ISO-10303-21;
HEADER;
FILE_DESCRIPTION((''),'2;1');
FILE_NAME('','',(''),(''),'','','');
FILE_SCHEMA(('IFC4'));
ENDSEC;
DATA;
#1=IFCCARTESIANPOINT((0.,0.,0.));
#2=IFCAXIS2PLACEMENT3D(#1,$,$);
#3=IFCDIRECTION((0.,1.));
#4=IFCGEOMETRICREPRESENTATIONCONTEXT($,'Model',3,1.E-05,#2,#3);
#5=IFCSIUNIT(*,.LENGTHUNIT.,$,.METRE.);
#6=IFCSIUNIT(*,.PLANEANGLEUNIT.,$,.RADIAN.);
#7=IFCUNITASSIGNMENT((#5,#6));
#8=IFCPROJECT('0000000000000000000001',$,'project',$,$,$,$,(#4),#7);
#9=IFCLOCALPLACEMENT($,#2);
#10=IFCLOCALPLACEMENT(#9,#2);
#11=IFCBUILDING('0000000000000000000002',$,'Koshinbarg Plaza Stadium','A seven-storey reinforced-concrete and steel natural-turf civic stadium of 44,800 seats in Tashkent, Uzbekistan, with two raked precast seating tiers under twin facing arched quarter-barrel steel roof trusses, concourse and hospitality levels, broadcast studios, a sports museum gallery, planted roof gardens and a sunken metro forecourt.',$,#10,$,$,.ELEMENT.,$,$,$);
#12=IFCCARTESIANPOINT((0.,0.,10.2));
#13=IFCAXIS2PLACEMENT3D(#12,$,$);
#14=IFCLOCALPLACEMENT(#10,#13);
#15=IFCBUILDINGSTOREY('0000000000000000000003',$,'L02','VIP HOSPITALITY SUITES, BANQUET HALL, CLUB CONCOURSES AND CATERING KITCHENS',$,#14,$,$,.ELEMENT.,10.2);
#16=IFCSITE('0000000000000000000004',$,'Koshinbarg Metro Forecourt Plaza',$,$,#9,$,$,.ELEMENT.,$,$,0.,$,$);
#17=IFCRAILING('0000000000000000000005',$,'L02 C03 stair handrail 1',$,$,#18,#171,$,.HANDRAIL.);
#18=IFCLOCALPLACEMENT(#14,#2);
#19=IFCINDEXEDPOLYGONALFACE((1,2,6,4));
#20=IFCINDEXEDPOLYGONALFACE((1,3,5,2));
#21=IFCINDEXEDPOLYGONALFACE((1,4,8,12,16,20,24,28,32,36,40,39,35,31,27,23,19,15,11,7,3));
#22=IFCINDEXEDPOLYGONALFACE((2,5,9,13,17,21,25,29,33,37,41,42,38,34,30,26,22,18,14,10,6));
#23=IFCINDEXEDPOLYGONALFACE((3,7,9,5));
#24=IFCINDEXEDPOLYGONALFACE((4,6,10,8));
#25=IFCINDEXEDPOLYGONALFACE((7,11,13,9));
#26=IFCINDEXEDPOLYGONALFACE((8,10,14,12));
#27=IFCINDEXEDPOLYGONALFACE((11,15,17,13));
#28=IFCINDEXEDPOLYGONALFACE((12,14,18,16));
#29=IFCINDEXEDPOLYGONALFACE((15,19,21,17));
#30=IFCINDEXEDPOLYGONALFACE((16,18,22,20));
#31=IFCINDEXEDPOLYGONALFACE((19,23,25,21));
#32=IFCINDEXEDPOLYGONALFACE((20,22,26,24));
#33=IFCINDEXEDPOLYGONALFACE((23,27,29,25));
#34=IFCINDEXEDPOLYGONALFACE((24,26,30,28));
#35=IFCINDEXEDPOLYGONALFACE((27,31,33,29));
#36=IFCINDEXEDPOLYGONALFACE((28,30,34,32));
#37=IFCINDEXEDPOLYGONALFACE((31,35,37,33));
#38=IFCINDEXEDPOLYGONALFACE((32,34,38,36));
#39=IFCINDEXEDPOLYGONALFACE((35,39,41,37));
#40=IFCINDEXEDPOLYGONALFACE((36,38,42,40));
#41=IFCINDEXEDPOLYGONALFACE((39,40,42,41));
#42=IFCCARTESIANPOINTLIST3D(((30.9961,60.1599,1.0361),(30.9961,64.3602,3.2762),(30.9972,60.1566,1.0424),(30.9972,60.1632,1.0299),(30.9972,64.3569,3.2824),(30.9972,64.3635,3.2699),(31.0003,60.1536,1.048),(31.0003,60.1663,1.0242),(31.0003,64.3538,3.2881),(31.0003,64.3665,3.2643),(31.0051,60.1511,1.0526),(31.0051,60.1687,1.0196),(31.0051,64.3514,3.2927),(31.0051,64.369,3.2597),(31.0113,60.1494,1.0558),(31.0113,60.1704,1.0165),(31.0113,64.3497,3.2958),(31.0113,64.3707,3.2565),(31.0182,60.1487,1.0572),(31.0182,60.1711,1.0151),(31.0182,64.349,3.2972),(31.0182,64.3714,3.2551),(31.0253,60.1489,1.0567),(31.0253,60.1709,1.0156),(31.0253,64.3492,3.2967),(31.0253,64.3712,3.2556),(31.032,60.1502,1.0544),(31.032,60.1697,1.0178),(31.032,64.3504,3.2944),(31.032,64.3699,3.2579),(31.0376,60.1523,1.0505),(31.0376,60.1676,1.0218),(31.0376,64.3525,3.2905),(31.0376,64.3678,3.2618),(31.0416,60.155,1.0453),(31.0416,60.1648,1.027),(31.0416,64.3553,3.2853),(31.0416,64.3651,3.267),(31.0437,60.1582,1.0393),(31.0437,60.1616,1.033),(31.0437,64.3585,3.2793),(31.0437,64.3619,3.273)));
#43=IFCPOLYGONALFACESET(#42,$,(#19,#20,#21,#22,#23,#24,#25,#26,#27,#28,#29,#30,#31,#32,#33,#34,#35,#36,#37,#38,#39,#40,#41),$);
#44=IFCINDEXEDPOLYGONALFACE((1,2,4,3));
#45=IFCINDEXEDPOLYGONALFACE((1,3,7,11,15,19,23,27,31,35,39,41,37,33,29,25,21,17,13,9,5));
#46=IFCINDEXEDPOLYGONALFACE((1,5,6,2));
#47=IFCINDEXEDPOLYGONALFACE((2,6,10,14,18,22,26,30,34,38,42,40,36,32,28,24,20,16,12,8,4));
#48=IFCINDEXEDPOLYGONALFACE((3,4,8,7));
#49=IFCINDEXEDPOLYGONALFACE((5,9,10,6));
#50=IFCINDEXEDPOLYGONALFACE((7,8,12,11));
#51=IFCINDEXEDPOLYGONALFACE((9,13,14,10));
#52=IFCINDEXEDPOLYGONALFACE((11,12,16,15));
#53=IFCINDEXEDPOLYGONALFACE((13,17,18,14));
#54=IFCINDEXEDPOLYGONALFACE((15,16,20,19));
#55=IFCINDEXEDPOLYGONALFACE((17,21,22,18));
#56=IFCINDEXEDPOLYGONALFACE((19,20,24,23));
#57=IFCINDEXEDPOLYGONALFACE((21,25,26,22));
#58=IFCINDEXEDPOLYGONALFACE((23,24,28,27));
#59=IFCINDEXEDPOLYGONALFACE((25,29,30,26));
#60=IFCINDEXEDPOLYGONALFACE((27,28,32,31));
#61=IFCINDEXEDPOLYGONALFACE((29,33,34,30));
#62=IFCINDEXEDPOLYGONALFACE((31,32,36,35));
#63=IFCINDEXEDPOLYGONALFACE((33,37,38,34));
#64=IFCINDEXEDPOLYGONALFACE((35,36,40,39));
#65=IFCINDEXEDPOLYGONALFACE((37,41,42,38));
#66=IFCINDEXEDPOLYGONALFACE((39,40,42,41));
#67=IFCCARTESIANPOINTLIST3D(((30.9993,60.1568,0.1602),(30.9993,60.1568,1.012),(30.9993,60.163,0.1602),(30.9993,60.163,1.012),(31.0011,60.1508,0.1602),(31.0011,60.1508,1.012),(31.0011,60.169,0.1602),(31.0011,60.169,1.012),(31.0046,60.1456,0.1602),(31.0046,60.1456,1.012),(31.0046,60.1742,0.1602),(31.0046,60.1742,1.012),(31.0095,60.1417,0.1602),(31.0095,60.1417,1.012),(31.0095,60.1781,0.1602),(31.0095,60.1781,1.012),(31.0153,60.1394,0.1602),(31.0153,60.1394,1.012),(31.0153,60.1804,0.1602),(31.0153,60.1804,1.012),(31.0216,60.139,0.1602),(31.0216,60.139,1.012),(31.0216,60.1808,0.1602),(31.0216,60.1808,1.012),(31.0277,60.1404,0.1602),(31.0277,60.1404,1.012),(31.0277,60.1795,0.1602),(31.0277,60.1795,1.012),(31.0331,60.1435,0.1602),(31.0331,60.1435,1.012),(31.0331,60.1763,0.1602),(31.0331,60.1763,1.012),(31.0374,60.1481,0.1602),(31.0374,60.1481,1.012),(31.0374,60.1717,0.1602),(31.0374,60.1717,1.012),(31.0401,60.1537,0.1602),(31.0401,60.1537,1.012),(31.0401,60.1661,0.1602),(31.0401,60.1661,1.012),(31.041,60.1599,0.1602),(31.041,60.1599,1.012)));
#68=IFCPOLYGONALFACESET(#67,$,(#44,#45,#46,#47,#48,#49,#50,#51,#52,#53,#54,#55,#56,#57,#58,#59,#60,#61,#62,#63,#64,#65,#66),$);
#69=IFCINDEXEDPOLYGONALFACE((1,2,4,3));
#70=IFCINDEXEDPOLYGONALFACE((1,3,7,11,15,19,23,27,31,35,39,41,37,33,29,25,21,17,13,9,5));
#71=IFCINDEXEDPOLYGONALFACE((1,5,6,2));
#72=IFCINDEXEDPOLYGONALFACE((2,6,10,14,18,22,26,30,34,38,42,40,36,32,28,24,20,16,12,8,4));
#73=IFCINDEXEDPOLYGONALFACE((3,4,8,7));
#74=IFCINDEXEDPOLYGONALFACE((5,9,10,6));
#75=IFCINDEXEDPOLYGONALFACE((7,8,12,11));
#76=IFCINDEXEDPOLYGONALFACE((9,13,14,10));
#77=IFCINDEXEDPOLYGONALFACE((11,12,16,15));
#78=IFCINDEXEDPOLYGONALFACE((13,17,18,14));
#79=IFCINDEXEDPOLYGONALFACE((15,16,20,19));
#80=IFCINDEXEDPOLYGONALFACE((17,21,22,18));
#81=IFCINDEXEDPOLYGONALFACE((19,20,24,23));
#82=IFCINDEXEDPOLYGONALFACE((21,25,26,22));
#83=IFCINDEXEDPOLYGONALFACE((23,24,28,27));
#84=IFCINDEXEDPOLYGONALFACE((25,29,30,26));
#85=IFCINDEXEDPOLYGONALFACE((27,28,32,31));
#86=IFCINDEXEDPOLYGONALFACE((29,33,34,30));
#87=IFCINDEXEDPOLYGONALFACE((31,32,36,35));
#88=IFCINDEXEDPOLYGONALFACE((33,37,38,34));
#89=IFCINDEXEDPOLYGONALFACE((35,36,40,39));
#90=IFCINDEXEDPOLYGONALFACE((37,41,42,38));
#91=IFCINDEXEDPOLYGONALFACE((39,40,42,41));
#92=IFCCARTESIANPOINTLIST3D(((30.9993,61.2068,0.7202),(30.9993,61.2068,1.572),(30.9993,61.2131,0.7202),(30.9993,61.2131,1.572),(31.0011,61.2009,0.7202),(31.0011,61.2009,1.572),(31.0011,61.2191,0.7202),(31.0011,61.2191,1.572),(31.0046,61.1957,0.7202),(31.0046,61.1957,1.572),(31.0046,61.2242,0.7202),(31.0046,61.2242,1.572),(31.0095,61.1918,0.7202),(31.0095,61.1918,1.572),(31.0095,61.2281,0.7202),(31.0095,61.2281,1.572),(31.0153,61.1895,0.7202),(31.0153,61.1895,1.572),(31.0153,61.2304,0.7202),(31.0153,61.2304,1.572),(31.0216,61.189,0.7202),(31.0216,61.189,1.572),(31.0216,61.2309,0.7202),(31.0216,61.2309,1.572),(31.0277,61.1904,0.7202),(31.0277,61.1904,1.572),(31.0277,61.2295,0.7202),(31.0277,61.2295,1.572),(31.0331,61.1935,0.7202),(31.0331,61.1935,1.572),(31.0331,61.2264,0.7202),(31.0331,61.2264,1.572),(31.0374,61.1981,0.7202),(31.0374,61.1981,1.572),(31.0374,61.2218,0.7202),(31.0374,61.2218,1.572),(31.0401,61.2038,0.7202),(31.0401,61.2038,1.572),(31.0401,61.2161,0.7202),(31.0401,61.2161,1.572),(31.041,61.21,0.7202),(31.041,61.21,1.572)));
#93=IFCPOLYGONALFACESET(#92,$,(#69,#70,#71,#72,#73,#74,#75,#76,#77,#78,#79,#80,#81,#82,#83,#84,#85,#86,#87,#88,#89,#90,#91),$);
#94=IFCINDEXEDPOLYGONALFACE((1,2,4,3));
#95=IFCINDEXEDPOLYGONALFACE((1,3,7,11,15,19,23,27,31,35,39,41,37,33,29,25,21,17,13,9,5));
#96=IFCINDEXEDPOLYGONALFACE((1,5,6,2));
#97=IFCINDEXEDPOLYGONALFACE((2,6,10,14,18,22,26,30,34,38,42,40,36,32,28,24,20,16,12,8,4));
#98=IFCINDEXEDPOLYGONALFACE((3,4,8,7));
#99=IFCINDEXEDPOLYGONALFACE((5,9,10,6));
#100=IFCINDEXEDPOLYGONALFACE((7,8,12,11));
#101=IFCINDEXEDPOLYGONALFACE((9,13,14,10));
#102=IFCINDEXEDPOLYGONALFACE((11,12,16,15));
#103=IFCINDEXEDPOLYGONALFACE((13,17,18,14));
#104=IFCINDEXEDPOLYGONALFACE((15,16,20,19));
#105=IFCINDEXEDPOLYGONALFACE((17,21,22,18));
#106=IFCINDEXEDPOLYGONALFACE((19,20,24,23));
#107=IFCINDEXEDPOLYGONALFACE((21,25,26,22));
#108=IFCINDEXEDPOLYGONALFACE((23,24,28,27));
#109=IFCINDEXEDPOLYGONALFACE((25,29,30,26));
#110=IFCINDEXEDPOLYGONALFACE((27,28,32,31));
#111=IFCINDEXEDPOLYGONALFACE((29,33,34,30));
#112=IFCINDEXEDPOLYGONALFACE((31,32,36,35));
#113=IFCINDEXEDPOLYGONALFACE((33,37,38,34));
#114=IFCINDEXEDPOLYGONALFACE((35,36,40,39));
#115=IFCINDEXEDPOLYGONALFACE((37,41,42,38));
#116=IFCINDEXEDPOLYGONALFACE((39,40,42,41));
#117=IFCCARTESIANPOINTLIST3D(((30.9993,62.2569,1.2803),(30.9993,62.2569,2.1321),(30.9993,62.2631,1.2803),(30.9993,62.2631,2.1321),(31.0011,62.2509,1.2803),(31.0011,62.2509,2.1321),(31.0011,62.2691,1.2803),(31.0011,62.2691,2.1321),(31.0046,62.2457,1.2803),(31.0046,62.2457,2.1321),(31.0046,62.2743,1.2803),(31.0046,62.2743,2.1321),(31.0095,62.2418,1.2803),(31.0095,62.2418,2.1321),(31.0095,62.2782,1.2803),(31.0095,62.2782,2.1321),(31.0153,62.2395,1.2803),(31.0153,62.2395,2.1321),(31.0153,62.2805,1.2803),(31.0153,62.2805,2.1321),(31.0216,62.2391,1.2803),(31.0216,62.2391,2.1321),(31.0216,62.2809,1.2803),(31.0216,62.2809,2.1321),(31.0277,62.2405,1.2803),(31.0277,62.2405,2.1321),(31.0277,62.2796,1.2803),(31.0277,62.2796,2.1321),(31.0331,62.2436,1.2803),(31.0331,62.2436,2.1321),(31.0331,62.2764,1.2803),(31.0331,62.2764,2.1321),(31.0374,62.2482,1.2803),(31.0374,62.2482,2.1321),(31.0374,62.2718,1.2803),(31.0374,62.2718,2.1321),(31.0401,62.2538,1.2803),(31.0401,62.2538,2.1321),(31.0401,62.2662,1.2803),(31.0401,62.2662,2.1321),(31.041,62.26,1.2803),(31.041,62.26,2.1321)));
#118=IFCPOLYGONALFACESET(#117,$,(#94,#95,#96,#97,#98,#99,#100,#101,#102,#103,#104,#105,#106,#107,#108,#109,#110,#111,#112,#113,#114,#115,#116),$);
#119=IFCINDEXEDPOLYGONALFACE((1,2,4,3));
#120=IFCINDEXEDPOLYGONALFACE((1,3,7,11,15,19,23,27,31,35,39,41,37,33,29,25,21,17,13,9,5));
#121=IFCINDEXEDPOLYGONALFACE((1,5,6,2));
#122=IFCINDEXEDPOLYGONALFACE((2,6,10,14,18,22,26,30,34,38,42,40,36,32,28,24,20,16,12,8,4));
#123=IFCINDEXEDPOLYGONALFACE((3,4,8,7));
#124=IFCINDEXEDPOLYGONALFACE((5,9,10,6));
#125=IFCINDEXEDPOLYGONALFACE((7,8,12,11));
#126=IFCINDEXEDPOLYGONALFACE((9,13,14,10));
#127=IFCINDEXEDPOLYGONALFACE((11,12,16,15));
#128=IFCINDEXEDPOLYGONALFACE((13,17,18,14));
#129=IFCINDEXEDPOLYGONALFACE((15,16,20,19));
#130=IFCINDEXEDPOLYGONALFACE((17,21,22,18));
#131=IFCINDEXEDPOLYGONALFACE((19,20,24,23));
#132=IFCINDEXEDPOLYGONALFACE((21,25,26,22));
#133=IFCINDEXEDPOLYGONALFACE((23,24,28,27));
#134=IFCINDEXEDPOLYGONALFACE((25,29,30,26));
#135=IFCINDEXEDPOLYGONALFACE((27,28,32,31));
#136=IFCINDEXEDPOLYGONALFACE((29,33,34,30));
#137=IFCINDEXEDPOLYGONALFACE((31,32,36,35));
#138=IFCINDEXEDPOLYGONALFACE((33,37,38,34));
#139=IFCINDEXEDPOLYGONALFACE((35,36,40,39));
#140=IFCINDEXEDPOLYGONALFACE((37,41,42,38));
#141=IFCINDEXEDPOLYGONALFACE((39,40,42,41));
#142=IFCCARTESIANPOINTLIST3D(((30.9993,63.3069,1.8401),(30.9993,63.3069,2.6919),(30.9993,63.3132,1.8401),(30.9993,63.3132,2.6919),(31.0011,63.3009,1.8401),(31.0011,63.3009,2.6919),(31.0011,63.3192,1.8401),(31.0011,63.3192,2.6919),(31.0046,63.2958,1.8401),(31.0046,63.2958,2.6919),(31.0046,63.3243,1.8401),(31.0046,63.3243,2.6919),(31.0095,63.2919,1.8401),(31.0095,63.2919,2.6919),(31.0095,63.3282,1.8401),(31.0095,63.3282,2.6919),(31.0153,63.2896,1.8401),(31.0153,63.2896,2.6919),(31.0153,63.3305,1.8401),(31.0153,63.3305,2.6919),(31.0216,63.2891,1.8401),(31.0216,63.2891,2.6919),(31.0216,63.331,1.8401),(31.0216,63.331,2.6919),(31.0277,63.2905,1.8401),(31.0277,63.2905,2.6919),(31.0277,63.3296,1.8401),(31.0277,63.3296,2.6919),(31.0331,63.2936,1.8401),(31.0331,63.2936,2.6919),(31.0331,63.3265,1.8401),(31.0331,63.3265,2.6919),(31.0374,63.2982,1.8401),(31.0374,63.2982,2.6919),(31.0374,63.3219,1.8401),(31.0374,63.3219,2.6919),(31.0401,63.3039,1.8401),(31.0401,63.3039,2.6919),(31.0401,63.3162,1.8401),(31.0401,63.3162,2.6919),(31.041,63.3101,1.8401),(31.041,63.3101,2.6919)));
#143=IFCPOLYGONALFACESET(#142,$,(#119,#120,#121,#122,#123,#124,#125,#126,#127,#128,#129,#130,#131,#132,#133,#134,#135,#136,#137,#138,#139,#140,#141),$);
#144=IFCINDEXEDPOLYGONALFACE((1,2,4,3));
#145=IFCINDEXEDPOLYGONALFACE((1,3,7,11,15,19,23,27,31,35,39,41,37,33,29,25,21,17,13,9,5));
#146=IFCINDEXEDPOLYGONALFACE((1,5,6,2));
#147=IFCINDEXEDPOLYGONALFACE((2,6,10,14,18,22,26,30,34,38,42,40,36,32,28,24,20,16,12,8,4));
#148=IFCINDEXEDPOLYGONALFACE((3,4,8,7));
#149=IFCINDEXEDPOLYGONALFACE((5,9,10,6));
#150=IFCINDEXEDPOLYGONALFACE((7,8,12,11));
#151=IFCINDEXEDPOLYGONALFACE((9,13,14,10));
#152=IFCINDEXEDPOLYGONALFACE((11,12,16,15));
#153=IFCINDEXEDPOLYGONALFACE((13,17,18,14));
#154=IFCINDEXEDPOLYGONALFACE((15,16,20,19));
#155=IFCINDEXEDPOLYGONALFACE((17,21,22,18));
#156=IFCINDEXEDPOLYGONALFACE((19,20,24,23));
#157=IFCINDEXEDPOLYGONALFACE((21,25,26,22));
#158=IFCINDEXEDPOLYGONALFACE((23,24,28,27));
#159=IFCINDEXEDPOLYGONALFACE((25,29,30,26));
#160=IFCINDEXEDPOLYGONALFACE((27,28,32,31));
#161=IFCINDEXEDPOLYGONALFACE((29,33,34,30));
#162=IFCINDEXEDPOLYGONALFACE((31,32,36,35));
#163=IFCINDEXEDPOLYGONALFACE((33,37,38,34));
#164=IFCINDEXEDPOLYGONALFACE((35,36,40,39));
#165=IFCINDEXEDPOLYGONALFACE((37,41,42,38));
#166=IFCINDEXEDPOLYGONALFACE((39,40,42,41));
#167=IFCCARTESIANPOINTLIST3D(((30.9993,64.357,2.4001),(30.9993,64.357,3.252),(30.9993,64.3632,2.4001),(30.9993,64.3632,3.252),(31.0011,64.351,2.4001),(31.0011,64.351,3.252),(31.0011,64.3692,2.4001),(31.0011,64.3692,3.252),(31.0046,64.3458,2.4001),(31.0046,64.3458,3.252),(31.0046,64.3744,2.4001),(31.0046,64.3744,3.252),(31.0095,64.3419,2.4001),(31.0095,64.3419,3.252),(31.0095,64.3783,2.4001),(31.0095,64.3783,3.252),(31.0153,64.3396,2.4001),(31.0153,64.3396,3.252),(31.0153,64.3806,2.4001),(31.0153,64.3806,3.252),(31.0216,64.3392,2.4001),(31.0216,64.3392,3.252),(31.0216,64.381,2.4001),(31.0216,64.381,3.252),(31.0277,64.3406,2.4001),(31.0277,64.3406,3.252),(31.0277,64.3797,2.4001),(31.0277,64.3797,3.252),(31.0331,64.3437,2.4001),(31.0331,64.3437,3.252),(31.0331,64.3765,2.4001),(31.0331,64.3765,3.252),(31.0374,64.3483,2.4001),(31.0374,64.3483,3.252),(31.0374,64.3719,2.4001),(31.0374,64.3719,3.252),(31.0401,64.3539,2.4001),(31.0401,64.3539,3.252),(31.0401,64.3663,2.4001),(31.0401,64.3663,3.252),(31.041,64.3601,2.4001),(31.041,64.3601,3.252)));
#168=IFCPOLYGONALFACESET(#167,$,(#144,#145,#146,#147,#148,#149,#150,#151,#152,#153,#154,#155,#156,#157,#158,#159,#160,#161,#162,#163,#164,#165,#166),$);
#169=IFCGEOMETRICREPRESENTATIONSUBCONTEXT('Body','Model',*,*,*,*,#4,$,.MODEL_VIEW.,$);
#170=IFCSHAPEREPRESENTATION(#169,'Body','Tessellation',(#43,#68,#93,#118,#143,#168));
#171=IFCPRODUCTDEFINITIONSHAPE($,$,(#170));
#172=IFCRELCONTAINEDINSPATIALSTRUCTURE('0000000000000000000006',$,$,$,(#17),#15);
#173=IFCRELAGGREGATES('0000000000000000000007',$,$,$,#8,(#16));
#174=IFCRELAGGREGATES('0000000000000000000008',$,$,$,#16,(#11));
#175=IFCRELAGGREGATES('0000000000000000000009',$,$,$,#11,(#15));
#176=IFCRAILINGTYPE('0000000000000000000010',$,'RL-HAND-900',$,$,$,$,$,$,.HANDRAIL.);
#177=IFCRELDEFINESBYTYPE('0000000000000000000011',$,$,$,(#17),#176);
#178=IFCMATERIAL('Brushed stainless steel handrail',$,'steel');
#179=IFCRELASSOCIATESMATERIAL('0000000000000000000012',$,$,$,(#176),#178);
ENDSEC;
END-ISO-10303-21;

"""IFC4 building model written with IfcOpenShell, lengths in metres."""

from ifc_helpers import new_model, si_unit, direction, frame, origin, origin_2d, place, context, subcontext, project, spatial, circle, extrude, material, type_object, element, save


model = new_model("IFC4")

# Units and contexts
model_context = context("Model", 3, precision=1e-05, world=origin(), true_north=direction((0.0, 1.0)))
body_context = subcontext(model_context, "Body", "Model", "MODEL_VIEW")
ifc_project = project(units=[si_unit("LENGTHUNIT", "METRE"), si_unit("PLANEANGLEUNIT", "RADIAN")], contexts=[model_context])

# Site, building, storey
site_placement = place(None, origin())
site = spatial("IfcSite", under=ifc_project, at=site_placement, Name="Koshinbarg Metro Forecourt Plaza", CompositionType="ELEMENT", RefElevation=0.0)
building_placement = place(site_placement, origin())
building = spatial("IfcBuilding", under=site, at=building_placement, Name="Koshinbarg Plaza Stadium", Description="A seven-storey reinforced-concrete and steel natural-turf civic stadium of 44,800 seats in Tashkent, Uzbekistan, with two raked precast seating tiers under twin facing arched quarter-barrel steel roof trusses, concourse and hospitality levels, broadcast studios, a sports museum gallery, planted roof gardens and a sunken metro forecourt.", CompositionType="ELEMENT")
storey_placement = place(building_placement, frame((0.0, 0.0, 10.2)))
storey = spatial("IfcBuildingStorey", under=building, at=storey_placement, Name="L02", Description="VIP HOSPITALITY SUITES, BANQUET HALL, CLUB CONCOURSES AND CATERING KITCHENS", CompositionType="ELEMENT", Elevation=10.2)

# Railing
ifc_material_1 = material(Name="Brushed stainless steel handrail", Category="steel")
railing_type_1 = type_object("IfcRailingType", Name="RL-HAND-900", PredefinedType="HANDRAIL", material=ifc_material_1)
railing_placement = place(storey_placement, frame((31.02, 60.1599, 0.1602)))
element("IfcRailing", 1, at=railing_placement, inside=storey, type_object=railing_type_1, Name="L02 C03 stair handrail 1", PredefinedType="HANDRAIL", context=body_context, shape_type="SweptSolid", body=[
    extrude(circle(Radius=0.0239, at=origin_2d()), frame((0.0, 0.0, 0.876), z_axis=(0.0, 0.882363, 0.47057), x_axis=(-1.0, 0.0, 0.0)), (0.0, 0.0, 1.0), 4.7603),
    extrude(circle(Radius=0.021, at=origin_2d()), origin(), (0.0, 0.0, 1.0), 0.8518),
    extrude(circle(Radius=0.021, at=origin_2d()), frame((0.0, 1.05, 0.5601)), (0.0, 0.0, 1.0), 0.8518),
    extrude(circle(Radius=0.021, at=origin_2d()), frame((0.0, 2.1001, 1.1201)), (0.0, 0.0, 1.0), 0.8518),
    extrude(circle(Radius=0.021, at=origin_2d()), frame((0.0, 3.1501, 1.6799)), (0.0, 0.0, 1.0), 0.8518),
    extrude(circle(Radius=0.021, at=origin_2d()), frame((0.0, 4.2002, 2.24)), (0.0, 0.0, 1.0), 0.8518),
])

save(model, "model.ifc")
